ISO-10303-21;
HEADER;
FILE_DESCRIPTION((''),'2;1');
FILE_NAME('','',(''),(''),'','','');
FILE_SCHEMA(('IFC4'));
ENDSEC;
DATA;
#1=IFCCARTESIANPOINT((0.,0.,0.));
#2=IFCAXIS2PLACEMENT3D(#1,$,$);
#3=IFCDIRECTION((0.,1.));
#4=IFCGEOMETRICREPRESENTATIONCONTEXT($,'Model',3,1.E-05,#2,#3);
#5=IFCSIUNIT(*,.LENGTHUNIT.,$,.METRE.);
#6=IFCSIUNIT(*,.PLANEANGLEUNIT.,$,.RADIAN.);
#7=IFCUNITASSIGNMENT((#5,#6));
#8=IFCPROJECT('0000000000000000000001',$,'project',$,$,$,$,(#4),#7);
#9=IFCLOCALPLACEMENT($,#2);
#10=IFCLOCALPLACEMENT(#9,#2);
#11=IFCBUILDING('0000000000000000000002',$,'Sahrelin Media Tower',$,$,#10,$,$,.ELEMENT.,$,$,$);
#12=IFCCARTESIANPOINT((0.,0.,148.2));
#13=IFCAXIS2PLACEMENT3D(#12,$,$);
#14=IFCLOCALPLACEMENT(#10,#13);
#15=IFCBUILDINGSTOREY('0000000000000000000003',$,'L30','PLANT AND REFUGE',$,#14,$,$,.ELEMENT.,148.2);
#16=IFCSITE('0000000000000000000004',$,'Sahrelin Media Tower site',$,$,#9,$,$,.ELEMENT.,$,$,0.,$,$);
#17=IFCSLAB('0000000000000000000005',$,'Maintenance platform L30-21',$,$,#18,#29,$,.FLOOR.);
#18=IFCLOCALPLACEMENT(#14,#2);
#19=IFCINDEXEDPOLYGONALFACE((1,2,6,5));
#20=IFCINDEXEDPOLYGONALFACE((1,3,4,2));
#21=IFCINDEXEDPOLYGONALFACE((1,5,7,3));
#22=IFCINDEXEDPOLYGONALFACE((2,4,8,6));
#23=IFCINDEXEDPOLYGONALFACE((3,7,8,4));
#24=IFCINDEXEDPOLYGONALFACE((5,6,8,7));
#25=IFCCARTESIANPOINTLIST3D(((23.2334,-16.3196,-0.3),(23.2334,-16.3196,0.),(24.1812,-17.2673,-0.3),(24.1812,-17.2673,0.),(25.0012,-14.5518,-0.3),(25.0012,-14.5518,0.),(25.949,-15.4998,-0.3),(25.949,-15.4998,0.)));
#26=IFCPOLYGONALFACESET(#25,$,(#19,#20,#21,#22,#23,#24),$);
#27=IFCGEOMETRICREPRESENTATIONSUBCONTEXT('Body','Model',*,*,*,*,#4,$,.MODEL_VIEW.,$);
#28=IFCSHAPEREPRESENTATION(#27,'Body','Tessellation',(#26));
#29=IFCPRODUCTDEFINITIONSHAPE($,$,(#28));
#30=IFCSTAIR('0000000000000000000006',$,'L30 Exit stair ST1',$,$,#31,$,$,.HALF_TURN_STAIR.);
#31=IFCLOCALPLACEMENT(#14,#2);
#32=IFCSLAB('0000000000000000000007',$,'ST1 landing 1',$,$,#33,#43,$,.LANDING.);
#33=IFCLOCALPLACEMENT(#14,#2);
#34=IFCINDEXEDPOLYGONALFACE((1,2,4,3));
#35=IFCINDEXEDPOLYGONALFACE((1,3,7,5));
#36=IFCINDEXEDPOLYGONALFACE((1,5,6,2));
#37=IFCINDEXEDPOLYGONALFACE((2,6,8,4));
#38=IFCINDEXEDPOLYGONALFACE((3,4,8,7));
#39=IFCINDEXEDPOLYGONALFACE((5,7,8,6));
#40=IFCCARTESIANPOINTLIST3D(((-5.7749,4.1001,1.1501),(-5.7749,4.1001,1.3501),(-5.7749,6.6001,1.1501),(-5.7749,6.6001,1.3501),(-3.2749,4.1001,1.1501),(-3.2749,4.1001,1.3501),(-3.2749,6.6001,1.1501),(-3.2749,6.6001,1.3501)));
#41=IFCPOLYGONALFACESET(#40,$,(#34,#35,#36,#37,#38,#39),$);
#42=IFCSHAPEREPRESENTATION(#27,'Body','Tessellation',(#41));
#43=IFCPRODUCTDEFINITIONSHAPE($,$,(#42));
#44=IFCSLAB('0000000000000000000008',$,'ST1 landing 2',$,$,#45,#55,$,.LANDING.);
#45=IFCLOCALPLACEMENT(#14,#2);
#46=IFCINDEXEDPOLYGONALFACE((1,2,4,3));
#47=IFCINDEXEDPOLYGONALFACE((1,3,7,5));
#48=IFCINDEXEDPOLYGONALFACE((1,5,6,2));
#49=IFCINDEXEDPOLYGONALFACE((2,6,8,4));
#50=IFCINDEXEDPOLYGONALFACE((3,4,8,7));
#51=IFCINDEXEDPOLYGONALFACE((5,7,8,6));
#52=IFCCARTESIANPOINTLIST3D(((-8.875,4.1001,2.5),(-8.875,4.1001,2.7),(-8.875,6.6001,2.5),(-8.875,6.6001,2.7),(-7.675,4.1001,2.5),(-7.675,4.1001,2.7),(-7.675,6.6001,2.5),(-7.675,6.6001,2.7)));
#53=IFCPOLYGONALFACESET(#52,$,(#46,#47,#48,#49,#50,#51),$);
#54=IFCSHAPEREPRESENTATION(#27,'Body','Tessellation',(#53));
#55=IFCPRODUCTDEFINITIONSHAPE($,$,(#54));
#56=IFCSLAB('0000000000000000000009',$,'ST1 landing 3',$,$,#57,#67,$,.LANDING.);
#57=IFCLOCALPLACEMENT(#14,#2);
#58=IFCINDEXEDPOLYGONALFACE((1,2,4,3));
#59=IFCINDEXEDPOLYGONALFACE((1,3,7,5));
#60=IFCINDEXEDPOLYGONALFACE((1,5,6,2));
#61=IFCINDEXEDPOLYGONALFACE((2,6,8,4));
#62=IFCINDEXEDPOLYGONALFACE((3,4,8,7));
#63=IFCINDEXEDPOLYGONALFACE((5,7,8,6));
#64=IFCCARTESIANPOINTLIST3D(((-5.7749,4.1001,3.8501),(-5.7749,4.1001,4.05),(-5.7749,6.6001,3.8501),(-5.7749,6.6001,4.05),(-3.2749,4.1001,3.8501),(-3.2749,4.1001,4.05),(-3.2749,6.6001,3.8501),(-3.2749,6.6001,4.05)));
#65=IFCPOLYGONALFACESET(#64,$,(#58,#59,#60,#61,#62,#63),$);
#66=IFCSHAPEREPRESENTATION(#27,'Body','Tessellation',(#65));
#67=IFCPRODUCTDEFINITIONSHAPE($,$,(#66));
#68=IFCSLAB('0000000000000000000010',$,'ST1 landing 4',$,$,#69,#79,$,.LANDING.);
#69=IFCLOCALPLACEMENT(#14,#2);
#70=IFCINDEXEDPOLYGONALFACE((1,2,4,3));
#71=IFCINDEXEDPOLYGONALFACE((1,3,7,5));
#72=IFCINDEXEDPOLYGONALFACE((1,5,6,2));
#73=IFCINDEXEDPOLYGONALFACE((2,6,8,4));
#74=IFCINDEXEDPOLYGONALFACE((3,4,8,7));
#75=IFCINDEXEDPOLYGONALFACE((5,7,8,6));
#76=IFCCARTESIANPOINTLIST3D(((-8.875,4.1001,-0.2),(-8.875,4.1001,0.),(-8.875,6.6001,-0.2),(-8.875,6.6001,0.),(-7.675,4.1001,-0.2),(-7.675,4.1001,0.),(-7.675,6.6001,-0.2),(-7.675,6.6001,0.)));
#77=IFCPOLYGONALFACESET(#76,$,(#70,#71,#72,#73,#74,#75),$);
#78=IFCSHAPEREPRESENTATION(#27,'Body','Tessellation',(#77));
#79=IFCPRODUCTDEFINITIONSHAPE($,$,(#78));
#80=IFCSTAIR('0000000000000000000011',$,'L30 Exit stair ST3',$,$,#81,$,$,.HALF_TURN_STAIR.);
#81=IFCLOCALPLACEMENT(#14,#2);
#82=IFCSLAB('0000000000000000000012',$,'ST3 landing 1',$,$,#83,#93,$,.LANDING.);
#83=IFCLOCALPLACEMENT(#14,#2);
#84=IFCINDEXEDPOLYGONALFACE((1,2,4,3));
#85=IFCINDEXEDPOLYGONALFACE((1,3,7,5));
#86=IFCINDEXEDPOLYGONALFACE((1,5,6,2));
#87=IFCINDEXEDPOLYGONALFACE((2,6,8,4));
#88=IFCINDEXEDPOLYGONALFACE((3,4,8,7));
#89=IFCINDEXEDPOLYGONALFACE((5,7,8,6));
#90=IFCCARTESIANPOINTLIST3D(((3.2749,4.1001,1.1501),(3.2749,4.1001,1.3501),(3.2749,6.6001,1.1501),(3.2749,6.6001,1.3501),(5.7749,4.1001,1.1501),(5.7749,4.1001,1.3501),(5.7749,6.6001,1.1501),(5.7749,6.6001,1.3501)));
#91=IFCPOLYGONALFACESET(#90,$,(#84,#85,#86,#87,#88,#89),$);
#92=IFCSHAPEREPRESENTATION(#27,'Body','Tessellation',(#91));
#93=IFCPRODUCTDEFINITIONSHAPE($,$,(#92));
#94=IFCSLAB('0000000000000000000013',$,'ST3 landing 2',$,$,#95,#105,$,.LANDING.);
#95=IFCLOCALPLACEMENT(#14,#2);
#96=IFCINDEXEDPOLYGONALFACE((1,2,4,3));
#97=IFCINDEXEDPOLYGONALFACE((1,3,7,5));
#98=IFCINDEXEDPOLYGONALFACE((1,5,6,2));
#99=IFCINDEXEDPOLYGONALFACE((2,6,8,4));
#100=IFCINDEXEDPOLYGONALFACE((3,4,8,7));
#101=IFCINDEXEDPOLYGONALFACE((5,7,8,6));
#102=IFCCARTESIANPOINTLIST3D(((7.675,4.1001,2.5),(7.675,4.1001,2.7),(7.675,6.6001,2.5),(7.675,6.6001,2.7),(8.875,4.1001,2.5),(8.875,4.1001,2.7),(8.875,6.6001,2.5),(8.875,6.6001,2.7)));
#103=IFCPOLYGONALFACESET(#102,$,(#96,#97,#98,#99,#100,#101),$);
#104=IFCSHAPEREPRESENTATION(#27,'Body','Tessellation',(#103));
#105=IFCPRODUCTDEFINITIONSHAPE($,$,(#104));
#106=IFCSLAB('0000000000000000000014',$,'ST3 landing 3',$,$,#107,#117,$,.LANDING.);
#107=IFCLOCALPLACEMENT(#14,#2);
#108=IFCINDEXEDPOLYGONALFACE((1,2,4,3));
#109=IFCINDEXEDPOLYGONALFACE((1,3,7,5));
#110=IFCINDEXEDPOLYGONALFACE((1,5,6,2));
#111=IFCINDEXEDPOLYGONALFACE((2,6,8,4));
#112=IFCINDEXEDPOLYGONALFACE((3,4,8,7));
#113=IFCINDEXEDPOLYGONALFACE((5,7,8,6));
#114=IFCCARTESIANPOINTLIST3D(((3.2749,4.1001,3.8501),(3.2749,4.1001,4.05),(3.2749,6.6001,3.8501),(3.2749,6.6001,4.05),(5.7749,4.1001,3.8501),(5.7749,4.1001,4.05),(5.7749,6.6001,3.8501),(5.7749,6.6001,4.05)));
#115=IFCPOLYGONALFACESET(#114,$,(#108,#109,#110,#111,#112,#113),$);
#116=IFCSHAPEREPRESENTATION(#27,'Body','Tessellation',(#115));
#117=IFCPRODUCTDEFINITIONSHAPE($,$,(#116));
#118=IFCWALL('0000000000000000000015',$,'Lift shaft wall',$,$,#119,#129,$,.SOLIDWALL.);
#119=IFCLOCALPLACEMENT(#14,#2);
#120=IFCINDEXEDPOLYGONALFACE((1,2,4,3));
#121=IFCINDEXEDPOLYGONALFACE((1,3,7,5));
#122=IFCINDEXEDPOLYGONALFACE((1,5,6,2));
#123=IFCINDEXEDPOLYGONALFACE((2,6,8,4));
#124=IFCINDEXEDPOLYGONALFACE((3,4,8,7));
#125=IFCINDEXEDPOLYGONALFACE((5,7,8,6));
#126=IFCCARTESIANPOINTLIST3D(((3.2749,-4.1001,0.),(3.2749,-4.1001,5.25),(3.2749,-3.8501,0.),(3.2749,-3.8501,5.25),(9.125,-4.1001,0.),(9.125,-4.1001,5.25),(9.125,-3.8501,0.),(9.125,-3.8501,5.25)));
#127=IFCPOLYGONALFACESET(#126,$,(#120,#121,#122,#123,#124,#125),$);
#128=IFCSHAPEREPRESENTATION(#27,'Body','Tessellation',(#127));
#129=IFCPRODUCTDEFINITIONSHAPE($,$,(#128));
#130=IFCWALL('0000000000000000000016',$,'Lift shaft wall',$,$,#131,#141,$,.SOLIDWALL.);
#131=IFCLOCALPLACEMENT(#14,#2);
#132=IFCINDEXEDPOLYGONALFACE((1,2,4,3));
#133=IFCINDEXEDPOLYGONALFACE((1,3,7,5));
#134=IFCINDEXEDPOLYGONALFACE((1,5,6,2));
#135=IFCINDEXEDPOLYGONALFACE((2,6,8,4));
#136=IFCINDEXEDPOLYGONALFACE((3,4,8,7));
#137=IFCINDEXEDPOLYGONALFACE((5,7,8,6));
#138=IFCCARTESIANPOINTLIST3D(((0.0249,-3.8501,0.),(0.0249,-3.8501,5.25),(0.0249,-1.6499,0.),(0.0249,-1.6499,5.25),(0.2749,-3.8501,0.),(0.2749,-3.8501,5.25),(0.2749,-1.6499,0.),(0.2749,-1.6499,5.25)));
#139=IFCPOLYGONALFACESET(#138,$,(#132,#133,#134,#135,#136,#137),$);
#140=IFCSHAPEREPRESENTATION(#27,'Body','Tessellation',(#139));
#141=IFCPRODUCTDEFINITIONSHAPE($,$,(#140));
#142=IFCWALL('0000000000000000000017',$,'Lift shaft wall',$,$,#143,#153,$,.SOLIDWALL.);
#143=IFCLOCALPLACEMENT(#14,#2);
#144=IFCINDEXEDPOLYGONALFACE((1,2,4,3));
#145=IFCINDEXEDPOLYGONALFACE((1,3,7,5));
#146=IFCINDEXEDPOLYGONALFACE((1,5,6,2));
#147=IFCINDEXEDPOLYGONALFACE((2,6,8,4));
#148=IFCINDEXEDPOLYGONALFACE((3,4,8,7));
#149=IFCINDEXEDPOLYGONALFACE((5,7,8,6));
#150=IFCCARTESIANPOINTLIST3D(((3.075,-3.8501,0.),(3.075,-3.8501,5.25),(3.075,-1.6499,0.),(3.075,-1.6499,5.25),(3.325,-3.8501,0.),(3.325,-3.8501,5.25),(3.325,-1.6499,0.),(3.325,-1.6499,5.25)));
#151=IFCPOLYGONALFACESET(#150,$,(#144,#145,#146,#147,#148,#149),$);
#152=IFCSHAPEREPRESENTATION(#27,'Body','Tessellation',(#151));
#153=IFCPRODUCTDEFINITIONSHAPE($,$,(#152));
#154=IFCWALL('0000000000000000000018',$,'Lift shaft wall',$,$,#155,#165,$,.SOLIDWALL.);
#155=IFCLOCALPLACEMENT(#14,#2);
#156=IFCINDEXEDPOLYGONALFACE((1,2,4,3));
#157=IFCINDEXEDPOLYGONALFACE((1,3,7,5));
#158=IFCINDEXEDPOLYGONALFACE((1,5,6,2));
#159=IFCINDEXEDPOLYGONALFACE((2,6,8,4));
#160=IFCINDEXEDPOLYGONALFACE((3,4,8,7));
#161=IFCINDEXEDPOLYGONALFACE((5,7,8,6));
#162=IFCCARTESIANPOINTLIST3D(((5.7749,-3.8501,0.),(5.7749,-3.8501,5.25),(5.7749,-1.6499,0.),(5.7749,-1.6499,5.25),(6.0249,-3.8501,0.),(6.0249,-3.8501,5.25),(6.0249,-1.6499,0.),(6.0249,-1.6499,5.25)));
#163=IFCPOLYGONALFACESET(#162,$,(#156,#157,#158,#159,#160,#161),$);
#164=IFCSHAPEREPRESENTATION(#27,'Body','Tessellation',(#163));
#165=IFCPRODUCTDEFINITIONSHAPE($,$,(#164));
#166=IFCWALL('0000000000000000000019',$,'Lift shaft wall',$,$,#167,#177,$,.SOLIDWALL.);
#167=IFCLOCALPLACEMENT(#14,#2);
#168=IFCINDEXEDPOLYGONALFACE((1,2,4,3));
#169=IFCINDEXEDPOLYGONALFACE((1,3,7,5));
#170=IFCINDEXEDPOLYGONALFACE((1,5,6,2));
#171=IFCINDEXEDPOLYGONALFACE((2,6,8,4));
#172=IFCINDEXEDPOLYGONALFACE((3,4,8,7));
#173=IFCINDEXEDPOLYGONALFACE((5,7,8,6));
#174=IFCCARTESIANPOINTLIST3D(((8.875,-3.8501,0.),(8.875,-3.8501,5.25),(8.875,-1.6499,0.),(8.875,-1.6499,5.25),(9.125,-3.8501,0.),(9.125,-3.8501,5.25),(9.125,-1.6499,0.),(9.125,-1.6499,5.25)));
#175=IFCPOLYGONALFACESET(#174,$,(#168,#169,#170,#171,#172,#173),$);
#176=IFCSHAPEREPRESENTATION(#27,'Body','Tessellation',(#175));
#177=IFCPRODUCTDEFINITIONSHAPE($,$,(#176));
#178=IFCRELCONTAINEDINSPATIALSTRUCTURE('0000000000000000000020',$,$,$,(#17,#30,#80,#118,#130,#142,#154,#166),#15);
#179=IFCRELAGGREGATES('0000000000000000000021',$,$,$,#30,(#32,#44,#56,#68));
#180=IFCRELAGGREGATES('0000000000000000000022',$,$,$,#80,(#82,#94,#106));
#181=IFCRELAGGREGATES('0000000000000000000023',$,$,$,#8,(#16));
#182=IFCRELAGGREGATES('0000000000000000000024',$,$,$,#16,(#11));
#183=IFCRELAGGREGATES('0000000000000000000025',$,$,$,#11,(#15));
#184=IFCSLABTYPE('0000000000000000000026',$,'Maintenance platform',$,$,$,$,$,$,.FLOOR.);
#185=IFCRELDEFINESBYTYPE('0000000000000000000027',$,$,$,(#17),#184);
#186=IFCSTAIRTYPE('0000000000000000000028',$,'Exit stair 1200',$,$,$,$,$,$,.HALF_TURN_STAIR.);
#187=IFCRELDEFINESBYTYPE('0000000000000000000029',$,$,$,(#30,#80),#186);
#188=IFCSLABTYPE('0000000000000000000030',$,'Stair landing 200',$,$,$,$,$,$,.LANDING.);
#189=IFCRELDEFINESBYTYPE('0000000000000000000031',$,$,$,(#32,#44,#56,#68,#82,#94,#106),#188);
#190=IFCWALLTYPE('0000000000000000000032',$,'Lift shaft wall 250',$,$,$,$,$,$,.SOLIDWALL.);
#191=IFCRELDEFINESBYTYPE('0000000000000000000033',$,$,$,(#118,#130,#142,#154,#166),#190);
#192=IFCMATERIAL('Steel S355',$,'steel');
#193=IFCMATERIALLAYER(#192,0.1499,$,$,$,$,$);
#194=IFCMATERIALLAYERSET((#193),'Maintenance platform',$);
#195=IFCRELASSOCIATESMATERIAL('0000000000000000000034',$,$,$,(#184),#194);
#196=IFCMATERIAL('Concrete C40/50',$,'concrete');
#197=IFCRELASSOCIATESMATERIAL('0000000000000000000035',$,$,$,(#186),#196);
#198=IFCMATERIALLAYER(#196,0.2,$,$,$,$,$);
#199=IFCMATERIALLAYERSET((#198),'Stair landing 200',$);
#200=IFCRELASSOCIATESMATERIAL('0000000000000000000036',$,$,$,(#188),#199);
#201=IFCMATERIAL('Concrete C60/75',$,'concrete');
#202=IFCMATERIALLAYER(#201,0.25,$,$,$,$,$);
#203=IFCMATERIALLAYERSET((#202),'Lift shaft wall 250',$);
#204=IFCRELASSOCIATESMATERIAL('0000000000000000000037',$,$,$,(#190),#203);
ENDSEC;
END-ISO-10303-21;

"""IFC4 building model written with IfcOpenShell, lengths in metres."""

from ifc_helpers import new_model, si_unit, direction, frame, frame_2d, origin, place, context, subcontext, project, spatial, polyline, rectangle, outline, extrude, material, layer, layer_set, type_object, element, aggregate, save


model = new_model("IFC4")

# Units and contexts
model_context = context("Model", 3, precision=1e-05, world=origin(), true_north=direction((0.0, 1.0)))
body_context = subcontext(model_context, "Body", "Model", "MODEL_VIEW")
ifc_project = project(units=[si_unit("LENGTHUNIT", "METRE"), si_unit("PLANEANGLEUNIT", "RADIAN")], contexts=[model_context])

# Site, building, storey
site_placement = place(None, origin())
site = spatial("IfcSite", under=ifc_project, at=site_placement, Name="Sahrelin Media Tower site", CompositionType="ELEMENT", RefElevation=0.0)
building_placement = place(site_placement, origin())
building = spatial("IfcBuilding", under=site, at=building_placement, Name="Sahrelin Media Tower", CompositionType="ELEMENT")
storey_placement = place(building_placement, frame((0.0, 0.0, 148.2)))
storey = spatial("IfcBuildingStorey", under=building, at=storey_placement, Name="L30", Description="PLANT AND REFUGE", CompositionType="ELEMENT", Elevation=148.2)

# Slab
ifc_material_1 = material(Name="Steel S355", Category="steel")
ifc_layer_1 = layer(ifc_material_1, 0.1499)
ifc_layer_set_1 = layer_set([ifc_layer_1], Name="Maintenance platform")
slab_type_1 = type_object("IfcSlabType", Name="Maintenance platform", PredefinedType="FLOOR", material=ifc_layer_set_1)
slab_1_placement = place(storey_placement, frame((0.0, 0.0, -0.3)))
element("IfcSlab", 1, at=slab_1_placement, inside=storey, type_object=slab_type_1, Name="Maintenance platform L30-21", PredefinedType="FLOOR", context=body_context, shape_type="SweptSolid", body=[
    extrude(outline(polyline([(23.2334, -16.3196), (25.0012, -14.5518), (25.949, -15.4998), (24.1812, -17.2673), (23.2334, -16.3196)])), origin(), (0.0, 0.0, 1.0), 0.3),
])

# Stairs, slabs
ifc_material_2 = material(Name="Concrete C40/50", Category="concrete")
stair_type = type_object("IfcStairType", Name="Exit stair 1200", PredefinedType="HALF_TURN_STAIR", material=ifc_material_2)
placement_1 = place(storey_placement, origin())
stair_1 = element("IfcStair", 2, at=placement_1, inside=storey, type_object=stair_type, Name="L30 Exit stair ST1", PredefinedType="HALF_TURN_STAIR")
ifc_layer_2 = layer(ifc_material_2, 0.2)
ifc_layer_set_2 = layer_set([ifc_layer_2], Name="Stair landing 200")
slab_type_2 = type_object("IfcSlabType", Name="Stair landing 200", PredefinedType="LANDING", material=ifc_layer_set_2)
placement_2 = place(storey_placement, frame((0.0, 0.0, 1.1501)))
slab_2 = element("IfcSlab", 3, at=placement_2, type_object=slab_type_2, Name="ST1 landing 1", PredefinedType="LANDING", context=body_context, shape_type="SweptSolid", body=[
    extrude(outline(polyline([(-5.7749, 4.1001), (-3.2749, 4.1001), (-3.2749, 6.6001), (-5.7749, 6.6001), (-5.7749, 4.1001)])), origin(), (0.0, 0.0, 1.0), 0.2),
])
placement_3 = place(storey_placement, frame((0.0, 0.0, 2.5)))
slab_3 = element("IfcSlab", 4, at=placement_3, type_object=slab_type_2, Name="ST1 landing 2", PredefinedType="LANDING", context=body_context, shape_type="SweptSolid", body=[
    extrude(outline(polyline([(-8.875, 4.1001), (-7.675, 4.1001), (-7.675, 6.6001), (-8.875, 6.6001), (-8.875, 4.1001)])), origin(), (0.0, 0.0, 1.0), 0.2),
])
placement_4 = place(storey_placement, frame((0.0, 0.0, 3.8501)))
slab_4 = element("IfcSlab", 5, at=placement_4, type_object=slab_type_2, Name="ST1 landing 3", PredefinedType="LANDING", context=body_context, shape_type="SweptSolid", body=[
    extrude(outline(polyline([(-5.7749, 4.1001), (-3.2749, 4.1001), (-3.2749, 6.6001), (-5.7749, 6.6001), (-5.7749, 4.1001)])), origin(), (0.0, 0.0, 1.0), 0.2),
])
slab_5_placement = place(storey_placement, frame((0.0, 0.0, -0.2)))
slab_5 = element("IfcSlab", 6, at=slab_5_placement, type_object=slab_type_2, Name="ST1 landing 4", PredefinedType="LANDING", context=body_context, shape_type="SweptSolid", body=[
    extrude(outline(polyline([(-8.875, 4.1001), (-7.675, 4.1001), (-7.675, 6.6001), (-8.875, 6.6001), (-8.875, 4.1001)])), origin(), (0.0, 0.0, 1.0), 0.2),
])
aggregate(stair_1, [slab_2, slab_3, slab_4, slab_5])
stair_2 = element("IfcStair", 7, at=placement_1, inside=storey, type_object=stair_type, Name="L30 Exit stair ST3", PredefinedType="HALF_TURN_STAIR")
slab_6 = element("IfcSlab", 8, at=placement_2, type_object=slab_type_2, Name="ST3 landing 1", PredefinedType="LANDING", context=body_context, shape_type="SweptSolid", body=[
    extrude(outline(polyline([(5.7749, 6.6001), (3.2749, 6.6001), (3.2749, 4.1001), (5.7749, 4.1001), (5.7749, 6.6001)])), origin(), (0.0, 0.0, 1.0), 0.2),
])
slab_7 = element("IfcSlab", 9, at=placement_3, type_object=slab_type_2, Name="ST3 landing 2", PredefinedType="LANDING", context=body_context, shape_type="SweptSolid", body=[
    extrude(outline(polyline([(8.875, 6.6001), (7.675, 6.6001), (7.675, 4.1001), (8.875, 4.1001), (8.875, 6.6001)])), origin(), (0.0, 0.0, 1.0), 0.2),
])
slab_8 = element("IfcSlab", 10, at=placement_4, type_object=slab_type_2, Name="ST3 landing 3", PredefinedType="LANDING", context=body_context, shape_type="SweptSolid", body=[
    extrude(outline(polyline([(5.7749, 6.6001), (3.2749, 6.6001), (3.2749, 4.1001), (5.7749, 4.1001), (5.7749, 6.6001)])), origin(), (0.0, 0.0, 1.0), 0.2),
])
aggregate(stair_2, [slab_6, slab_7, slab_8])

# Walls
ifc_material_3 = material(Name="Concrete C60/75", Category="concrete")
ifc_layer_3 = layer(ifc_material_3, 0.25)
ifc_layer_set_3 = layer_set([ifc_layer_3], Name="Lift shaft wall 250")
wall_type = type_object("IfcWallType", Name="Lift shaft wall 250", PredefinedType="SOLIDWALL", material=ifc_layer_set_3)
wall_placement = place(storey_placement, frame((3.2749, -3.9751, 0.0), z_axis=(0.0, 0.0, 1.0), x_axis=(1.0, 0.0, 0.0)))
element("IfcWall", 11, at=wall_placement, inside=storey, type_object=wall_type, Name="Lift shaft wall", PredefinedType="SOLIDWALL", context=body_context, shape_type="SweptSolid", body=[
    extrude(rectangle(XDim=5.8501, YDim=0.25, at=frame_2d((2.925, 0.0))), origin(), (0.0, 0.0, 1.0), 5.25),
])
for number, where, z_axis, x_axis, name in (
    (12, (0.1499, -3.8501, 0.0), (0.0, 0.0, 1.0), (0.0, 1.0, 0.0), "Lift shaft wall"),
    (13, (3.2, -3.8501, 0.0), (0.0, 0.0, 1.0), (0.0, 1.0, 0.0), "Lift shaft wall"),
    (14, (5.8999, -3.8501, 0.0), (0.0, 0.0, 1.0), (0.0, 1.0, 0.0), "Lift shaft wall"),
    (15, (9.0, -3.8501, 0.0), (0.0, 0.0, 1.0), (0.0, 1.0, 0.0), "Lift shaft wall"),
):
    element("IfcWall", number, at=place(storey_placement, frame(where, z_axis=z_axis, x_axis=x_axis)), inside=storey, type_object=wall_type, Name=name, PredefinedType="SOLIDWALL", context=body_context, shape_type="SweptSolid", body=[
        extrude(rectangle(XDim=2.2002, YDim=0.25, at=frame_2d((1.1001, 0.0))), origin(), (0.0, 0.0, 1.0), 5.25),
    ])

save(model, "model.ifc")
